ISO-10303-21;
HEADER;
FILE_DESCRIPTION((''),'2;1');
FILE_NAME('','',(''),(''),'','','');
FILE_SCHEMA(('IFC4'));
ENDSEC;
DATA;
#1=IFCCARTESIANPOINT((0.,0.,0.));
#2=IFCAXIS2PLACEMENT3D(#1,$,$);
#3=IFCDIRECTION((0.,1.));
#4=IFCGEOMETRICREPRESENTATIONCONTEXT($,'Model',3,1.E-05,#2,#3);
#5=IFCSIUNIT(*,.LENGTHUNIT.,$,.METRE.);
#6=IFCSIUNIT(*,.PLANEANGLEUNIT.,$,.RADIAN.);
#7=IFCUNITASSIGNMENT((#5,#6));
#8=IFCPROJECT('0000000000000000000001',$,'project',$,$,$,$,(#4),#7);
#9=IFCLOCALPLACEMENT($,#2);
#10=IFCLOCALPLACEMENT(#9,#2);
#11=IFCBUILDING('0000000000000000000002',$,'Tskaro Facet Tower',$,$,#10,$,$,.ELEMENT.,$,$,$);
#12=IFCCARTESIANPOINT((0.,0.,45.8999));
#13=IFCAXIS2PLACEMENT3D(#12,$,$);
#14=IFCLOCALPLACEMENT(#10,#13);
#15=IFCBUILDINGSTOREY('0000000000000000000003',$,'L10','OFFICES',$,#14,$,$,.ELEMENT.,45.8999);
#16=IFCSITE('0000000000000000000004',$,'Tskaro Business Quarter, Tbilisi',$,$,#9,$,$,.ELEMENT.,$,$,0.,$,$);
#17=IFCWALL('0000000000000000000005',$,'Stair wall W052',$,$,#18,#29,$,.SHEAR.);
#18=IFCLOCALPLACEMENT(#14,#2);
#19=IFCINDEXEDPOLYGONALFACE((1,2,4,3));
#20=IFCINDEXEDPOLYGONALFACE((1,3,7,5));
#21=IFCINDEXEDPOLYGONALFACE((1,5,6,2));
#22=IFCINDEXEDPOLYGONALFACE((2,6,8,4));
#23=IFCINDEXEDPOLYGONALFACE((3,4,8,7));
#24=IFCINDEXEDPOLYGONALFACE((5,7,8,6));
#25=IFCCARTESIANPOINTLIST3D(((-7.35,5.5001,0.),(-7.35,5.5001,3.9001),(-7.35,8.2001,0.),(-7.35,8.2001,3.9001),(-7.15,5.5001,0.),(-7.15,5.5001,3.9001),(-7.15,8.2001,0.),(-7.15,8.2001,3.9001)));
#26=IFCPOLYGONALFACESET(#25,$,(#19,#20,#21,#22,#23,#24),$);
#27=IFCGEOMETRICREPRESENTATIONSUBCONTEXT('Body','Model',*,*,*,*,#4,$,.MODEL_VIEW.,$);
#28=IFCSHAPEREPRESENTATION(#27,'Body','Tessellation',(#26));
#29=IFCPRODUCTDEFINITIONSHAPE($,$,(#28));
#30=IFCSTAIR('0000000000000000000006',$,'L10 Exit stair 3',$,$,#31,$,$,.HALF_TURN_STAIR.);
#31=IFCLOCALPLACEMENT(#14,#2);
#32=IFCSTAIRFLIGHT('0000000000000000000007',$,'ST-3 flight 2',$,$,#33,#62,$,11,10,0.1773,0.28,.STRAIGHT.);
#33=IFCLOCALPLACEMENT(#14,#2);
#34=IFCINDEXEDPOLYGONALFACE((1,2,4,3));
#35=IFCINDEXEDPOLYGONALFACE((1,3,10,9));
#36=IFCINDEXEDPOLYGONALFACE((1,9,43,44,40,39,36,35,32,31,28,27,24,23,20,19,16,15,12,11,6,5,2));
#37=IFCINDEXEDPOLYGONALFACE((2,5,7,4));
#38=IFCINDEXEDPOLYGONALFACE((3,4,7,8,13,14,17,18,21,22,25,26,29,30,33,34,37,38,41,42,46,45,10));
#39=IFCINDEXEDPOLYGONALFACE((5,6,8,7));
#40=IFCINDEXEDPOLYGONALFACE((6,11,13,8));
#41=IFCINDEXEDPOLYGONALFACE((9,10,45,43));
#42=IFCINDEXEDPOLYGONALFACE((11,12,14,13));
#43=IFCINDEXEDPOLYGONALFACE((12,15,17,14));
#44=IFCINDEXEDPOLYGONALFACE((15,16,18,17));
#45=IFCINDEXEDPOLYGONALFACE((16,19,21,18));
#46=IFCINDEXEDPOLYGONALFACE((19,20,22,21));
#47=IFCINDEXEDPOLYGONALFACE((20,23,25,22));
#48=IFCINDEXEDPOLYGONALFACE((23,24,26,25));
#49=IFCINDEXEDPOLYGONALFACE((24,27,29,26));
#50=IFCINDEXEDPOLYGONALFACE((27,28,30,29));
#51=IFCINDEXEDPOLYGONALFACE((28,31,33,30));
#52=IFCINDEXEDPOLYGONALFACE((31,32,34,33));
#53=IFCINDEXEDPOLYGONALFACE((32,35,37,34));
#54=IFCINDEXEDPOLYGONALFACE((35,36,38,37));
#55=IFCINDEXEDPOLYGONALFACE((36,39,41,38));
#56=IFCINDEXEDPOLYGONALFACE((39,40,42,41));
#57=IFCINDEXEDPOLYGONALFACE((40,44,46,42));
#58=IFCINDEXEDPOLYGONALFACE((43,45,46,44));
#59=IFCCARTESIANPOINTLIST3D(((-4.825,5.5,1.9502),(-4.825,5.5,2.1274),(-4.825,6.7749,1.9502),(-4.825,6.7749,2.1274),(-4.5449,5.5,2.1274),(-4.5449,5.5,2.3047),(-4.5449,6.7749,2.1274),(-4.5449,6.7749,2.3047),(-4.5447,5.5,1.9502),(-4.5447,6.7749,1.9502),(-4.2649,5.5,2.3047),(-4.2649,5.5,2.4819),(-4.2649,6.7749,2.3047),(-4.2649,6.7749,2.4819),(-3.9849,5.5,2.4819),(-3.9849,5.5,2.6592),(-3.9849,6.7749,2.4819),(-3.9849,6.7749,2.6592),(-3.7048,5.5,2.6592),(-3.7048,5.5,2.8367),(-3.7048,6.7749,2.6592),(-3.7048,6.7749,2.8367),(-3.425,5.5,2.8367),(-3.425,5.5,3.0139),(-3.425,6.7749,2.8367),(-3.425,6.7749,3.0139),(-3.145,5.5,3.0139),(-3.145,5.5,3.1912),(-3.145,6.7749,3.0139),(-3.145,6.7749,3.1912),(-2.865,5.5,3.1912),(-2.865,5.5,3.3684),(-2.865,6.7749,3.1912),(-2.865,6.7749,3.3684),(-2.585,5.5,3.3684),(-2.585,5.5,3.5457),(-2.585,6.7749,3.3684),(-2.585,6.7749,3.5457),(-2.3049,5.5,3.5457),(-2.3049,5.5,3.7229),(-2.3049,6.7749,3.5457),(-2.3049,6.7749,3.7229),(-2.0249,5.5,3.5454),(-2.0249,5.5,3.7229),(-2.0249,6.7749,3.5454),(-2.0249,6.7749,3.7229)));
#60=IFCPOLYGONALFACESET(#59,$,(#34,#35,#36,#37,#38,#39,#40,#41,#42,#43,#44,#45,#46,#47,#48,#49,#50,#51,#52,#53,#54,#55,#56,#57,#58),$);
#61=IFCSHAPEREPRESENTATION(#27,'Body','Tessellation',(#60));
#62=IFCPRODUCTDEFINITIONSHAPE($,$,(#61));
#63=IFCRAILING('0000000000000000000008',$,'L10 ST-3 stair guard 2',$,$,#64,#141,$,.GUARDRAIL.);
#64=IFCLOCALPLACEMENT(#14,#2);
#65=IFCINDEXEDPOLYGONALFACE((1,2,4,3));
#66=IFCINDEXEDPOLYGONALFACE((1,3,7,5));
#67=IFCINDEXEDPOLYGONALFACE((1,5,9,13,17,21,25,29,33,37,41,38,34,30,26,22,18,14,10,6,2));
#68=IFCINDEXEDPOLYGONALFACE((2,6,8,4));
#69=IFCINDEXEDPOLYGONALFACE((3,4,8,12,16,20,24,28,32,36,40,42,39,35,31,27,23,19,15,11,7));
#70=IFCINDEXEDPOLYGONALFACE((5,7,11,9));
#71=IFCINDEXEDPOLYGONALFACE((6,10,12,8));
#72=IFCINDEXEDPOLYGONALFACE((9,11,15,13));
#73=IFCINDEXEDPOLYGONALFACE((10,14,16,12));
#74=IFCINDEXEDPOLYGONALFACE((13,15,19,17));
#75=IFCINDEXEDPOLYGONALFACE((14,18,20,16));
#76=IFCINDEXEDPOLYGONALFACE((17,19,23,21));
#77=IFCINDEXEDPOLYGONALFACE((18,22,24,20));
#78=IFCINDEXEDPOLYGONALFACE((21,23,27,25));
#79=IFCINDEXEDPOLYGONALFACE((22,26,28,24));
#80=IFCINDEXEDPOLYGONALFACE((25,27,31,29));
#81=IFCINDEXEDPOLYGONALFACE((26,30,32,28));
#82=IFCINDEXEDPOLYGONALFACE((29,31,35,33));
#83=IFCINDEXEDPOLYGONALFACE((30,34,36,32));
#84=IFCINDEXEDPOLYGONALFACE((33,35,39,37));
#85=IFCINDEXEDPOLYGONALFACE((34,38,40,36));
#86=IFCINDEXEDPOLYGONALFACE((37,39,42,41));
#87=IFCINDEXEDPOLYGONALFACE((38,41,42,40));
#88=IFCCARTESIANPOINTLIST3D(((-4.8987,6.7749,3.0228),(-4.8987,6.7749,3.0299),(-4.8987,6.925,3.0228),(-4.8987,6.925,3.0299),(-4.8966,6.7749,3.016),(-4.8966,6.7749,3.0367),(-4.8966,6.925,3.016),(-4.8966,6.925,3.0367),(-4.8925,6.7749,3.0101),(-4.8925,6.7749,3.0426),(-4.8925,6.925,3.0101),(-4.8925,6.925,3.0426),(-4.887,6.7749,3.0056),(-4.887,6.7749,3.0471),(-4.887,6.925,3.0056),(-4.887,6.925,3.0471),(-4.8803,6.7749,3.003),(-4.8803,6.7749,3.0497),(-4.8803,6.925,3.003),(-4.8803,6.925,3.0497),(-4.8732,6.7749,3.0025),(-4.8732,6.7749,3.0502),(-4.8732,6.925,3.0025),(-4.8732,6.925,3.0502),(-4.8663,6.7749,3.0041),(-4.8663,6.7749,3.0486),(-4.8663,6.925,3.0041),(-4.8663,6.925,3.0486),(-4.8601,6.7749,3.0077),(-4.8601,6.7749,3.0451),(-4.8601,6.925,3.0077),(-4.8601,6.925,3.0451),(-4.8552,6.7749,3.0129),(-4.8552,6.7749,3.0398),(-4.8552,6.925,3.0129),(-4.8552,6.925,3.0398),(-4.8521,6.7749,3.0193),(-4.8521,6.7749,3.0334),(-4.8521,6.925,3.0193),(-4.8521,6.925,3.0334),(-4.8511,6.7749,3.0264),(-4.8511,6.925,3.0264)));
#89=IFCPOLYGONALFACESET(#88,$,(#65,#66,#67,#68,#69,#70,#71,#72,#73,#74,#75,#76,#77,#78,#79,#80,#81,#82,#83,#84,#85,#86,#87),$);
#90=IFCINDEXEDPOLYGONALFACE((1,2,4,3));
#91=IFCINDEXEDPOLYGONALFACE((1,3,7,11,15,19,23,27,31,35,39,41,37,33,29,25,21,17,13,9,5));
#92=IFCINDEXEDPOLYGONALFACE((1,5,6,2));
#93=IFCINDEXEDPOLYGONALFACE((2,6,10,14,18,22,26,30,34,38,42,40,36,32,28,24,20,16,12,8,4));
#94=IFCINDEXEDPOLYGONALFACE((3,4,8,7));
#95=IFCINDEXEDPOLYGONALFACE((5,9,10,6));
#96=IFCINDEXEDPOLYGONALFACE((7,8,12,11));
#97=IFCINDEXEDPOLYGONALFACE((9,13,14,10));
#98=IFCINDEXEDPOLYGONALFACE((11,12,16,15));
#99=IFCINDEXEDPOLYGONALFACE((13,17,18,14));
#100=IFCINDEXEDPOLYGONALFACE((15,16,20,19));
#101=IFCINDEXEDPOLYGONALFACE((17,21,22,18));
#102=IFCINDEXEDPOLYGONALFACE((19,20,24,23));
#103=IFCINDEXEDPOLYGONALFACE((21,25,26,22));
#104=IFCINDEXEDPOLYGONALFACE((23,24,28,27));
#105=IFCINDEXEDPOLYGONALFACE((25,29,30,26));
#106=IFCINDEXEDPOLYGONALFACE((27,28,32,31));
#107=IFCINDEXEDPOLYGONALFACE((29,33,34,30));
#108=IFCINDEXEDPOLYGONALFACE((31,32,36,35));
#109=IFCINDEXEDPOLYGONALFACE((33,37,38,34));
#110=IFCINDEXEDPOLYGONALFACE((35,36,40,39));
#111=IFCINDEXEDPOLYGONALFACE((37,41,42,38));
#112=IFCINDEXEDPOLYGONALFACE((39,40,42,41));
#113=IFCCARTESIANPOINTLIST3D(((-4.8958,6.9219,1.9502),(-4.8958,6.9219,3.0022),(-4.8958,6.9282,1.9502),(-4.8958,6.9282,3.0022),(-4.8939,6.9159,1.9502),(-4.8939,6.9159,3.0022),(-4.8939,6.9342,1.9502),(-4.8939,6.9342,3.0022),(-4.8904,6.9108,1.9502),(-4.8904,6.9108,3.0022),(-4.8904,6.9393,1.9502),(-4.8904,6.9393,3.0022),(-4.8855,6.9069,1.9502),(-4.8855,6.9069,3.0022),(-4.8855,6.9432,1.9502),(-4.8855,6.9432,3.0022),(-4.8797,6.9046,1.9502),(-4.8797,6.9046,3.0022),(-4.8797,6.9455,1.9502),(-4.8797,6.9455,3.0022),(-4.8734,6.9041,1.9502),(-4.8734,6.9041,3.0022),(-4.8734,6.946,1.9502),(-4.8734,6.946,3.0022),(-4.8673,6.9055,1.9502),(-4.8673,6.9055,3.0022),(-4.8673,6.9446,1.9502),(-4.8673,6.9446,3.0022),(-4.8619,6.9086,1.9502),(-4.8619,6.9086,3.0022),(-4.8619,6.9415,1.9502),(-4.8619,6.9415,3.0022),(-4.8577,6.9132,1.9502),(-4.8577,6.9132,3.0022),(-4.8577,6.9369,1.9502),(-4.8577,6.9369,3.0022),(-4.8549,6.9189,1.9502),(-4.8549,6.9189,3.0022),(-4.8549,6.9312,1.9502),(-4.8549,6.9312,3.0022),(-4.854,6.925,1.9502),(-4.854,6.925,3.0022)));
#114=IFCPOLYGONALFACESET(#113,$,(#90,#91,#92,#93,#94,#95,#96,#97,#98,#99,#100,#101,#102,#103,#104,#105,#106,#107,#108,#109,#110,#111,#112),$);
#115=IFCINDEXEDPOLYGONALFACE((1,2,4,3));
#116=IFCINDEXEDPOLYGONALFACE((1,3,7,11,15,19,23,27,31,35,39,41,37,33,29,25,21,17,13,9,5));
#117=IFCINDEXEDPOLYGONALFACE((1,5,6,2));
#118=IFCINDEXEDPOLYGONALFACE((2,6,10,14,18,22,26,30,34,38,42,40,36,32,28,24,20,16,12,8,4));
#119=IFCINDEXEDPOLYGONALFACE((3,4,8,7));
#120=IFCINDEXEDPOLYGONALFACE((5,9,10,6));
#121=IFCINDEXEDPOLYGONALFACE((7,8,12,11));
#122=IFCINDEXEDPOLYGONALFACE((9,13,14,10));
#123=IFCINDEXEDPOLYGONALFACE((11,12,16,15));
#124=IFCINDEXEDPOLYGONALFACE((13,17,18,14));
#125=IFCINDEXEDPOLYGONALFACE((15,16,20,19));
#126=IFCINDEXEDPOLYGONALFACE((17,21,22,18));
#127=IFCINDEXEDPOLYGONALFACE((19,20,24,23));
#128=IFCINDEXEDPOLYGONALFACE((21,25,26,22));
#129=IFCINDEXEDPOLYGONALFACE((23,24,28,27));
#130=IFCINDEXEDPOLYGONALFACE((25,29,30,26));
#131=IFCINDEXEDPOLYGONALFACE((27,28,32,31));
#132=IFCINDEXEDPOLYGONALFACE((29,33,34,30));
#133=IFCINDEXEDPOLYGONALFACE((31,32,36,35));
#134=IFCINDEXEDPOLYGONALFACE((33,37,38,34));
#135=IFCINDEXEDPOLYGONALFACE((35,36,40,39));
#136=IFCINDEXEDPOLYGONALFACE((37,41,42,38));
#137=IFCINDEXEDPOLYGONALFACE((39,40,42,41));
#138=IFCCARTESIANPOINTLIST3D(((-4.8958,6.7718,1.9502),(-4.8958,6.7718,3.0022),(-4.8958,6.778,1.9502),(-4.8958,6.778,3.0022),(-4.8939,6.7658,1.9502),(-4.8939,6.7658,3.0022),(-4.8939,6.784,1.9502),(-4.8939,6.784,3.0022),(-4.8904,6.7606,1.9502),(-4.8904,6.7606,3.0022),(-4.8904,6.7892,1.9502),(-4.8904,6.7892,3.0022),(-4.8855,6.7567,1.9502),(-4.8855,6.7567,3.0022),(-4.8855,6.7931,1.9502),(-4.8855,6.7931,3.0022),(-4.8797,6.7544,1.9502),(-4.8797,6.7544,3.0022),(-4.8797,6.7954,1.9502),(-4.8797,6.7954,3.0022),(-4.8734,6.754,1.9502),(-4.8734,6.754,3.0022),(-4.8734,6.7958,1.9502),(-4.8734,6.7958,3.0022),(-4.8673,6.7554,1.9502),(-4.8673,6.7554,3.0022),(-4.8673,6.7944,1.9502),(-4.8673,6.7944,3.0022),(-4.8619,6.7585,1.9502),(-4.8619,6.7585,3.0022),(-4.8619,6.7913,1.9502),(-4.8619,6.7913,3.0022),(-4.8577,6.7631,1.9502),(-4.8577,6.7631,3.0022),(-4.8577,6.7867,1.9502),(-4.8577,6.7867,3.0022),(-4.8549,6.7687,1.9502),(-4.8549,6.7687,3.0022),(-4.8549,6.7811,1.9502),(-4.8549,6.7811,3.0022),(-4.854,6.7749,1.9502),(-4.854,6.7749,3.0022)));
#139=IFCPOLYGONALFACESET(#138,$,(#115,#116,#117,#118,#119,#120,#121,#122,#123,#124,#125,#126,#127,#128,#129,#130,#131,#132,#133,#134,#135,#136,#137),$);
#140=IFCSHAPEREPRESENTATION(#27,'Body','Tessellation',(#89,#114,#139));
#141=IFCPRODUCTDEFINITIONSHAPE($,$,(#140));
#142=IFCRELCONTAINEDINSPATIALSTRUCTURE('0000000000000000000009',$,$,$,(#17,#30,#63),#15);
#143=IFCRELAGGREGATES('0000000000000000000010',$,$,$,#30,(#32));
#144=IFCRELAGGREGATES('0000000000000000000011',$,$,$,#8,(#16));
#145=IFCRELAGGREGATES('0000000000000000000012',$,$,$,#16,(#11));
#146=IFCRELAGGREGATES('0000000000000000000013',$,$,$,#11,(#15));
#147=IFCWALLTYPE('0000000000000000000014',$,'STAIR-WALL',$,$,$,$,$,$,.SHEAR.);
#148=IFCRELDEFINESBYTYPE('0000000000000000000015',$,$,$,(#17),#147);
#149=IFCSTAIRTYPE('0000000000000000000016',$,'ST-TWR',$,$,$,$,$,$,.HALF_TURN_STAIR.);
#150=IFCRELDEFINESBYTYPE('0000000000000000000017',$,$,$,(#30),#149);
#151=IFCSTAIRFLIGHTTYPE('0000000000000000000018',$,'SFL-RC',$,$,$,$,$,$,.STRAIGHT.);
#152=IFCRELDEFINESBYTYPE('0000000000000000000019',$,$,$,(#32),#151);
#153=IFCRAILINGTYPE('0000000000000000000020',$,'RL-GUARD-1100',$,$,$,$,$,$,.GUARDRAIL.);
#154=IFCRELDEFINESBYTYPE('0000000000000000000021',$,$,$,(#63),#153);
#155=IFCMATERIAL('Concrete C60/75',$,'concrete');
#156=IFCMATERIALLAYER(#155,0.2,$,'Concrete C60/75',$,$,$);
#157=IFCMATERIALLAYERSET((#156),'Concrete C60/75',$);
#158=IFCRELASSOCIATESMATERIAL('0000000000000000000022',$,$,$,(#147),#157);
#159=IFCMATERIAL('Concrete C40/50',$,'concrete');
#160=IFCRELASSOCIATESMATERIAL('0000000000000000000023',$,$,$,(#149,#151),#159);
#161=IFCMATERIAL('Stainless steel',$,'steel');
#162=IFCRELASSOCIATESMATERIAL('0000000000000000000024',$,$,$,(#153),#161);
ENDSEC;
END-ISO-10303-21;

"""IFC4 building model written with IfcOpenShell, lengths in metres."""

from ifc_helpers import new_model, si_unit, direction, frame, frame_2d, origin, origin_2d, place, context, subcontext, project, spatial, polyline, rectangle, circle, outline, extrude, material, layer, layer_set, type_object, element, aggregate, save


model = new_model("IFC4")

# Units and contexts
model_context = context("Model", 3, precision=1e-05, world=origin(), true_north=direction((0.0, 1.0)))
body_context = subcontext(model_context, "Body", "Model", "MODEL_VIEW")
ifc_project = project(units=[si_unit("LENGTHUNIT", "METRE"), si_unit("PLANEANGLEUNIT", "RADIAN")], contexts=[model_context])

# Site, building, storey
site_placement = place(None, origin())
site = spatial("IfcSite", under=ifc_project, at=site_placement, Name="Tskaro Business Quarter, Tbilisi", CompositionType="ELEMENT", RefElevation=0.0)
building_placement = place(site_placement, origin())
building = spatial("IfcBuilding", under=site, at=building_placement, Name="Tskaro Facet Tower", CompositionType="ELEMENT")
storey_placement = place(building_placement, frame((0.0, 0.0, 45.8999)))
storey = spatial("IfcBuildingStorey", under=building, at=storey_placement, Name="L10", Description="OFFICES", CompositionType="ELEMENT", Elevation=45.8999)

# Shared definitions
ifc_material_1 = material(Name="Concrete C60/75", Category="concrete")
ifc_layer_1 = layer(ifc_material_1, 0.2, Name="Concrete C60/75")
ifc_layer_set_1 = layer_set([ifc_layer_1], Name="Concrete C60/75")
wall_type_1 = type_object("IfcWallType", Name="STAIR-WALL", PredefinedType="SHEAR", material=ifc_layer_set_1)

# Wall
wall_1_placement = place(storey_placement, frame((-7.25, 5.5, 0.0), z_axis=(0.0, 0.0, 1.0), x_axis=(0.0, 1.0, 0.0)))
element("IfcWall", 1, at=wall_1_placement, inside=storey, type_object=wall_type_1, Name="Stair wall W052", PredefinedType="SHEAR", context=body_context, shape_type="SweptSolid", body=[
    extrude(rectangle(XDim=2.7, YDim=0.2, at=frame_2d((1.3501, 0.0))), origin(), (0.0, 0.0, 1.0), 3.9001),
])

# Stair, stair flight
ifc_material_2 = material(Name="Concrete C40/50", Category="concrete")
stair_type = type_object("IfcStairType", Name="ST-TWR", PredefinedType="HALF_TURN_STAIR", material=ifc_material_2)
stair_placement = place(storey_placement, origin())
stair = element("IfcStair", 2, at=stair_placement, inside=storey, type_object=stair_type, Name="L10 Exit stair 3", PredefinedType="HALF_TURN_STAIR")
stair_flight_type = type_object("IfcStairFlightType", Name="SFL-RC", PredefinedType="STRAIGHT", material=ifc_material_2)
stair_flight_placement = place(storey_placement, frame((-4.825, 6.1375, 1.9502), z_axis=(0.0, 0.0, 1.0), x_axis=(1.0, 0.0, 0.0)))
stair_flight = element("IfcStairFlight", 3, at=stair_flight_placement, type_object=stair_flight_type, Name="ST-3 flight 2", NumberOfRisers=11, NumberOfTreads=10, PredefinedType="STRAIGHT", RiserHeight=0.1773, TreadLength=0.28, context=body_context, shape_type="SweptSolid", body=[
    extrude(outline(polyline([(0.0, 0.0), (0.0, 0.1772), (0.28, 0.1772), (0.28, 0.3545), (0.5601, 0.3545), (0.5601, 0.5317), (0.8401, 0.5317), (0.8401, 0.709), (1.1201, 0.709), (1.1201, 0.8865), (1.3999, 0.8865), (1.3999, 1.0637), (1.6799, 1.0637), (1.6799, 1.241), (1.96, 1.241), (1.96, 1.4182), (2.24, 1.4182), (2.24, 1.5955), (2.52, 1.5955), (2.52, 1.7727), (2.8, 1.7727), (2.8, 1.95), (2.8, 1.5952), (0.2803, 0.0), (0.0, 0.0)])), frame((0.0, 0.6375, 0.0), z_axis=(0.0, -1.0, 0.0), x_axis=(1.0, 0.0, 0.0)), (0.0, 0.0, 1.0), 1.2749),
])
aggregate(stair, [stair_flight])

# Railing
ifc_material_3 = material(Name="Stainless steel", Category="steel")
railing_type_1 = type_object("IfcRailingType", Name="RL-GUARD-1100", PredefinedType="GUARDRAIL", material=ifc_material_3)
railing_1_placement = place(storey_placement, frame((-4.875, 6.925, 1.9502)))
element("IfcRailing", 4, at=railing_1_placement, inside=storey, type_object=railing_type_1, Name="L10 ST-3 stair guard 2", PredefinedType="GUARDRAIL", context=body_context, shape_type="SweptSolid", body=[
    extrude(circle(Radius=0.0239, at=origin_2d()), frame((0.0, 0.0, 1.0762), z_axis=(0.0, -1.0, 0.0), x_axis=(1.0, 0.0, 0.0)), (0.0, 0.0, 1.0), 0.1501),
    extrude(circle(Radius=0.021, at=origin_2d()), origin(), (0.0, 0.0, 1.0), 1.052),
    extrude(circle(Radius=0.021, at=origin_2d()), frame((0.0, -0.1501, 0.0)), (0.0, 0.0, 1.0), 1.052),
])

save(model, "model.ifc")
